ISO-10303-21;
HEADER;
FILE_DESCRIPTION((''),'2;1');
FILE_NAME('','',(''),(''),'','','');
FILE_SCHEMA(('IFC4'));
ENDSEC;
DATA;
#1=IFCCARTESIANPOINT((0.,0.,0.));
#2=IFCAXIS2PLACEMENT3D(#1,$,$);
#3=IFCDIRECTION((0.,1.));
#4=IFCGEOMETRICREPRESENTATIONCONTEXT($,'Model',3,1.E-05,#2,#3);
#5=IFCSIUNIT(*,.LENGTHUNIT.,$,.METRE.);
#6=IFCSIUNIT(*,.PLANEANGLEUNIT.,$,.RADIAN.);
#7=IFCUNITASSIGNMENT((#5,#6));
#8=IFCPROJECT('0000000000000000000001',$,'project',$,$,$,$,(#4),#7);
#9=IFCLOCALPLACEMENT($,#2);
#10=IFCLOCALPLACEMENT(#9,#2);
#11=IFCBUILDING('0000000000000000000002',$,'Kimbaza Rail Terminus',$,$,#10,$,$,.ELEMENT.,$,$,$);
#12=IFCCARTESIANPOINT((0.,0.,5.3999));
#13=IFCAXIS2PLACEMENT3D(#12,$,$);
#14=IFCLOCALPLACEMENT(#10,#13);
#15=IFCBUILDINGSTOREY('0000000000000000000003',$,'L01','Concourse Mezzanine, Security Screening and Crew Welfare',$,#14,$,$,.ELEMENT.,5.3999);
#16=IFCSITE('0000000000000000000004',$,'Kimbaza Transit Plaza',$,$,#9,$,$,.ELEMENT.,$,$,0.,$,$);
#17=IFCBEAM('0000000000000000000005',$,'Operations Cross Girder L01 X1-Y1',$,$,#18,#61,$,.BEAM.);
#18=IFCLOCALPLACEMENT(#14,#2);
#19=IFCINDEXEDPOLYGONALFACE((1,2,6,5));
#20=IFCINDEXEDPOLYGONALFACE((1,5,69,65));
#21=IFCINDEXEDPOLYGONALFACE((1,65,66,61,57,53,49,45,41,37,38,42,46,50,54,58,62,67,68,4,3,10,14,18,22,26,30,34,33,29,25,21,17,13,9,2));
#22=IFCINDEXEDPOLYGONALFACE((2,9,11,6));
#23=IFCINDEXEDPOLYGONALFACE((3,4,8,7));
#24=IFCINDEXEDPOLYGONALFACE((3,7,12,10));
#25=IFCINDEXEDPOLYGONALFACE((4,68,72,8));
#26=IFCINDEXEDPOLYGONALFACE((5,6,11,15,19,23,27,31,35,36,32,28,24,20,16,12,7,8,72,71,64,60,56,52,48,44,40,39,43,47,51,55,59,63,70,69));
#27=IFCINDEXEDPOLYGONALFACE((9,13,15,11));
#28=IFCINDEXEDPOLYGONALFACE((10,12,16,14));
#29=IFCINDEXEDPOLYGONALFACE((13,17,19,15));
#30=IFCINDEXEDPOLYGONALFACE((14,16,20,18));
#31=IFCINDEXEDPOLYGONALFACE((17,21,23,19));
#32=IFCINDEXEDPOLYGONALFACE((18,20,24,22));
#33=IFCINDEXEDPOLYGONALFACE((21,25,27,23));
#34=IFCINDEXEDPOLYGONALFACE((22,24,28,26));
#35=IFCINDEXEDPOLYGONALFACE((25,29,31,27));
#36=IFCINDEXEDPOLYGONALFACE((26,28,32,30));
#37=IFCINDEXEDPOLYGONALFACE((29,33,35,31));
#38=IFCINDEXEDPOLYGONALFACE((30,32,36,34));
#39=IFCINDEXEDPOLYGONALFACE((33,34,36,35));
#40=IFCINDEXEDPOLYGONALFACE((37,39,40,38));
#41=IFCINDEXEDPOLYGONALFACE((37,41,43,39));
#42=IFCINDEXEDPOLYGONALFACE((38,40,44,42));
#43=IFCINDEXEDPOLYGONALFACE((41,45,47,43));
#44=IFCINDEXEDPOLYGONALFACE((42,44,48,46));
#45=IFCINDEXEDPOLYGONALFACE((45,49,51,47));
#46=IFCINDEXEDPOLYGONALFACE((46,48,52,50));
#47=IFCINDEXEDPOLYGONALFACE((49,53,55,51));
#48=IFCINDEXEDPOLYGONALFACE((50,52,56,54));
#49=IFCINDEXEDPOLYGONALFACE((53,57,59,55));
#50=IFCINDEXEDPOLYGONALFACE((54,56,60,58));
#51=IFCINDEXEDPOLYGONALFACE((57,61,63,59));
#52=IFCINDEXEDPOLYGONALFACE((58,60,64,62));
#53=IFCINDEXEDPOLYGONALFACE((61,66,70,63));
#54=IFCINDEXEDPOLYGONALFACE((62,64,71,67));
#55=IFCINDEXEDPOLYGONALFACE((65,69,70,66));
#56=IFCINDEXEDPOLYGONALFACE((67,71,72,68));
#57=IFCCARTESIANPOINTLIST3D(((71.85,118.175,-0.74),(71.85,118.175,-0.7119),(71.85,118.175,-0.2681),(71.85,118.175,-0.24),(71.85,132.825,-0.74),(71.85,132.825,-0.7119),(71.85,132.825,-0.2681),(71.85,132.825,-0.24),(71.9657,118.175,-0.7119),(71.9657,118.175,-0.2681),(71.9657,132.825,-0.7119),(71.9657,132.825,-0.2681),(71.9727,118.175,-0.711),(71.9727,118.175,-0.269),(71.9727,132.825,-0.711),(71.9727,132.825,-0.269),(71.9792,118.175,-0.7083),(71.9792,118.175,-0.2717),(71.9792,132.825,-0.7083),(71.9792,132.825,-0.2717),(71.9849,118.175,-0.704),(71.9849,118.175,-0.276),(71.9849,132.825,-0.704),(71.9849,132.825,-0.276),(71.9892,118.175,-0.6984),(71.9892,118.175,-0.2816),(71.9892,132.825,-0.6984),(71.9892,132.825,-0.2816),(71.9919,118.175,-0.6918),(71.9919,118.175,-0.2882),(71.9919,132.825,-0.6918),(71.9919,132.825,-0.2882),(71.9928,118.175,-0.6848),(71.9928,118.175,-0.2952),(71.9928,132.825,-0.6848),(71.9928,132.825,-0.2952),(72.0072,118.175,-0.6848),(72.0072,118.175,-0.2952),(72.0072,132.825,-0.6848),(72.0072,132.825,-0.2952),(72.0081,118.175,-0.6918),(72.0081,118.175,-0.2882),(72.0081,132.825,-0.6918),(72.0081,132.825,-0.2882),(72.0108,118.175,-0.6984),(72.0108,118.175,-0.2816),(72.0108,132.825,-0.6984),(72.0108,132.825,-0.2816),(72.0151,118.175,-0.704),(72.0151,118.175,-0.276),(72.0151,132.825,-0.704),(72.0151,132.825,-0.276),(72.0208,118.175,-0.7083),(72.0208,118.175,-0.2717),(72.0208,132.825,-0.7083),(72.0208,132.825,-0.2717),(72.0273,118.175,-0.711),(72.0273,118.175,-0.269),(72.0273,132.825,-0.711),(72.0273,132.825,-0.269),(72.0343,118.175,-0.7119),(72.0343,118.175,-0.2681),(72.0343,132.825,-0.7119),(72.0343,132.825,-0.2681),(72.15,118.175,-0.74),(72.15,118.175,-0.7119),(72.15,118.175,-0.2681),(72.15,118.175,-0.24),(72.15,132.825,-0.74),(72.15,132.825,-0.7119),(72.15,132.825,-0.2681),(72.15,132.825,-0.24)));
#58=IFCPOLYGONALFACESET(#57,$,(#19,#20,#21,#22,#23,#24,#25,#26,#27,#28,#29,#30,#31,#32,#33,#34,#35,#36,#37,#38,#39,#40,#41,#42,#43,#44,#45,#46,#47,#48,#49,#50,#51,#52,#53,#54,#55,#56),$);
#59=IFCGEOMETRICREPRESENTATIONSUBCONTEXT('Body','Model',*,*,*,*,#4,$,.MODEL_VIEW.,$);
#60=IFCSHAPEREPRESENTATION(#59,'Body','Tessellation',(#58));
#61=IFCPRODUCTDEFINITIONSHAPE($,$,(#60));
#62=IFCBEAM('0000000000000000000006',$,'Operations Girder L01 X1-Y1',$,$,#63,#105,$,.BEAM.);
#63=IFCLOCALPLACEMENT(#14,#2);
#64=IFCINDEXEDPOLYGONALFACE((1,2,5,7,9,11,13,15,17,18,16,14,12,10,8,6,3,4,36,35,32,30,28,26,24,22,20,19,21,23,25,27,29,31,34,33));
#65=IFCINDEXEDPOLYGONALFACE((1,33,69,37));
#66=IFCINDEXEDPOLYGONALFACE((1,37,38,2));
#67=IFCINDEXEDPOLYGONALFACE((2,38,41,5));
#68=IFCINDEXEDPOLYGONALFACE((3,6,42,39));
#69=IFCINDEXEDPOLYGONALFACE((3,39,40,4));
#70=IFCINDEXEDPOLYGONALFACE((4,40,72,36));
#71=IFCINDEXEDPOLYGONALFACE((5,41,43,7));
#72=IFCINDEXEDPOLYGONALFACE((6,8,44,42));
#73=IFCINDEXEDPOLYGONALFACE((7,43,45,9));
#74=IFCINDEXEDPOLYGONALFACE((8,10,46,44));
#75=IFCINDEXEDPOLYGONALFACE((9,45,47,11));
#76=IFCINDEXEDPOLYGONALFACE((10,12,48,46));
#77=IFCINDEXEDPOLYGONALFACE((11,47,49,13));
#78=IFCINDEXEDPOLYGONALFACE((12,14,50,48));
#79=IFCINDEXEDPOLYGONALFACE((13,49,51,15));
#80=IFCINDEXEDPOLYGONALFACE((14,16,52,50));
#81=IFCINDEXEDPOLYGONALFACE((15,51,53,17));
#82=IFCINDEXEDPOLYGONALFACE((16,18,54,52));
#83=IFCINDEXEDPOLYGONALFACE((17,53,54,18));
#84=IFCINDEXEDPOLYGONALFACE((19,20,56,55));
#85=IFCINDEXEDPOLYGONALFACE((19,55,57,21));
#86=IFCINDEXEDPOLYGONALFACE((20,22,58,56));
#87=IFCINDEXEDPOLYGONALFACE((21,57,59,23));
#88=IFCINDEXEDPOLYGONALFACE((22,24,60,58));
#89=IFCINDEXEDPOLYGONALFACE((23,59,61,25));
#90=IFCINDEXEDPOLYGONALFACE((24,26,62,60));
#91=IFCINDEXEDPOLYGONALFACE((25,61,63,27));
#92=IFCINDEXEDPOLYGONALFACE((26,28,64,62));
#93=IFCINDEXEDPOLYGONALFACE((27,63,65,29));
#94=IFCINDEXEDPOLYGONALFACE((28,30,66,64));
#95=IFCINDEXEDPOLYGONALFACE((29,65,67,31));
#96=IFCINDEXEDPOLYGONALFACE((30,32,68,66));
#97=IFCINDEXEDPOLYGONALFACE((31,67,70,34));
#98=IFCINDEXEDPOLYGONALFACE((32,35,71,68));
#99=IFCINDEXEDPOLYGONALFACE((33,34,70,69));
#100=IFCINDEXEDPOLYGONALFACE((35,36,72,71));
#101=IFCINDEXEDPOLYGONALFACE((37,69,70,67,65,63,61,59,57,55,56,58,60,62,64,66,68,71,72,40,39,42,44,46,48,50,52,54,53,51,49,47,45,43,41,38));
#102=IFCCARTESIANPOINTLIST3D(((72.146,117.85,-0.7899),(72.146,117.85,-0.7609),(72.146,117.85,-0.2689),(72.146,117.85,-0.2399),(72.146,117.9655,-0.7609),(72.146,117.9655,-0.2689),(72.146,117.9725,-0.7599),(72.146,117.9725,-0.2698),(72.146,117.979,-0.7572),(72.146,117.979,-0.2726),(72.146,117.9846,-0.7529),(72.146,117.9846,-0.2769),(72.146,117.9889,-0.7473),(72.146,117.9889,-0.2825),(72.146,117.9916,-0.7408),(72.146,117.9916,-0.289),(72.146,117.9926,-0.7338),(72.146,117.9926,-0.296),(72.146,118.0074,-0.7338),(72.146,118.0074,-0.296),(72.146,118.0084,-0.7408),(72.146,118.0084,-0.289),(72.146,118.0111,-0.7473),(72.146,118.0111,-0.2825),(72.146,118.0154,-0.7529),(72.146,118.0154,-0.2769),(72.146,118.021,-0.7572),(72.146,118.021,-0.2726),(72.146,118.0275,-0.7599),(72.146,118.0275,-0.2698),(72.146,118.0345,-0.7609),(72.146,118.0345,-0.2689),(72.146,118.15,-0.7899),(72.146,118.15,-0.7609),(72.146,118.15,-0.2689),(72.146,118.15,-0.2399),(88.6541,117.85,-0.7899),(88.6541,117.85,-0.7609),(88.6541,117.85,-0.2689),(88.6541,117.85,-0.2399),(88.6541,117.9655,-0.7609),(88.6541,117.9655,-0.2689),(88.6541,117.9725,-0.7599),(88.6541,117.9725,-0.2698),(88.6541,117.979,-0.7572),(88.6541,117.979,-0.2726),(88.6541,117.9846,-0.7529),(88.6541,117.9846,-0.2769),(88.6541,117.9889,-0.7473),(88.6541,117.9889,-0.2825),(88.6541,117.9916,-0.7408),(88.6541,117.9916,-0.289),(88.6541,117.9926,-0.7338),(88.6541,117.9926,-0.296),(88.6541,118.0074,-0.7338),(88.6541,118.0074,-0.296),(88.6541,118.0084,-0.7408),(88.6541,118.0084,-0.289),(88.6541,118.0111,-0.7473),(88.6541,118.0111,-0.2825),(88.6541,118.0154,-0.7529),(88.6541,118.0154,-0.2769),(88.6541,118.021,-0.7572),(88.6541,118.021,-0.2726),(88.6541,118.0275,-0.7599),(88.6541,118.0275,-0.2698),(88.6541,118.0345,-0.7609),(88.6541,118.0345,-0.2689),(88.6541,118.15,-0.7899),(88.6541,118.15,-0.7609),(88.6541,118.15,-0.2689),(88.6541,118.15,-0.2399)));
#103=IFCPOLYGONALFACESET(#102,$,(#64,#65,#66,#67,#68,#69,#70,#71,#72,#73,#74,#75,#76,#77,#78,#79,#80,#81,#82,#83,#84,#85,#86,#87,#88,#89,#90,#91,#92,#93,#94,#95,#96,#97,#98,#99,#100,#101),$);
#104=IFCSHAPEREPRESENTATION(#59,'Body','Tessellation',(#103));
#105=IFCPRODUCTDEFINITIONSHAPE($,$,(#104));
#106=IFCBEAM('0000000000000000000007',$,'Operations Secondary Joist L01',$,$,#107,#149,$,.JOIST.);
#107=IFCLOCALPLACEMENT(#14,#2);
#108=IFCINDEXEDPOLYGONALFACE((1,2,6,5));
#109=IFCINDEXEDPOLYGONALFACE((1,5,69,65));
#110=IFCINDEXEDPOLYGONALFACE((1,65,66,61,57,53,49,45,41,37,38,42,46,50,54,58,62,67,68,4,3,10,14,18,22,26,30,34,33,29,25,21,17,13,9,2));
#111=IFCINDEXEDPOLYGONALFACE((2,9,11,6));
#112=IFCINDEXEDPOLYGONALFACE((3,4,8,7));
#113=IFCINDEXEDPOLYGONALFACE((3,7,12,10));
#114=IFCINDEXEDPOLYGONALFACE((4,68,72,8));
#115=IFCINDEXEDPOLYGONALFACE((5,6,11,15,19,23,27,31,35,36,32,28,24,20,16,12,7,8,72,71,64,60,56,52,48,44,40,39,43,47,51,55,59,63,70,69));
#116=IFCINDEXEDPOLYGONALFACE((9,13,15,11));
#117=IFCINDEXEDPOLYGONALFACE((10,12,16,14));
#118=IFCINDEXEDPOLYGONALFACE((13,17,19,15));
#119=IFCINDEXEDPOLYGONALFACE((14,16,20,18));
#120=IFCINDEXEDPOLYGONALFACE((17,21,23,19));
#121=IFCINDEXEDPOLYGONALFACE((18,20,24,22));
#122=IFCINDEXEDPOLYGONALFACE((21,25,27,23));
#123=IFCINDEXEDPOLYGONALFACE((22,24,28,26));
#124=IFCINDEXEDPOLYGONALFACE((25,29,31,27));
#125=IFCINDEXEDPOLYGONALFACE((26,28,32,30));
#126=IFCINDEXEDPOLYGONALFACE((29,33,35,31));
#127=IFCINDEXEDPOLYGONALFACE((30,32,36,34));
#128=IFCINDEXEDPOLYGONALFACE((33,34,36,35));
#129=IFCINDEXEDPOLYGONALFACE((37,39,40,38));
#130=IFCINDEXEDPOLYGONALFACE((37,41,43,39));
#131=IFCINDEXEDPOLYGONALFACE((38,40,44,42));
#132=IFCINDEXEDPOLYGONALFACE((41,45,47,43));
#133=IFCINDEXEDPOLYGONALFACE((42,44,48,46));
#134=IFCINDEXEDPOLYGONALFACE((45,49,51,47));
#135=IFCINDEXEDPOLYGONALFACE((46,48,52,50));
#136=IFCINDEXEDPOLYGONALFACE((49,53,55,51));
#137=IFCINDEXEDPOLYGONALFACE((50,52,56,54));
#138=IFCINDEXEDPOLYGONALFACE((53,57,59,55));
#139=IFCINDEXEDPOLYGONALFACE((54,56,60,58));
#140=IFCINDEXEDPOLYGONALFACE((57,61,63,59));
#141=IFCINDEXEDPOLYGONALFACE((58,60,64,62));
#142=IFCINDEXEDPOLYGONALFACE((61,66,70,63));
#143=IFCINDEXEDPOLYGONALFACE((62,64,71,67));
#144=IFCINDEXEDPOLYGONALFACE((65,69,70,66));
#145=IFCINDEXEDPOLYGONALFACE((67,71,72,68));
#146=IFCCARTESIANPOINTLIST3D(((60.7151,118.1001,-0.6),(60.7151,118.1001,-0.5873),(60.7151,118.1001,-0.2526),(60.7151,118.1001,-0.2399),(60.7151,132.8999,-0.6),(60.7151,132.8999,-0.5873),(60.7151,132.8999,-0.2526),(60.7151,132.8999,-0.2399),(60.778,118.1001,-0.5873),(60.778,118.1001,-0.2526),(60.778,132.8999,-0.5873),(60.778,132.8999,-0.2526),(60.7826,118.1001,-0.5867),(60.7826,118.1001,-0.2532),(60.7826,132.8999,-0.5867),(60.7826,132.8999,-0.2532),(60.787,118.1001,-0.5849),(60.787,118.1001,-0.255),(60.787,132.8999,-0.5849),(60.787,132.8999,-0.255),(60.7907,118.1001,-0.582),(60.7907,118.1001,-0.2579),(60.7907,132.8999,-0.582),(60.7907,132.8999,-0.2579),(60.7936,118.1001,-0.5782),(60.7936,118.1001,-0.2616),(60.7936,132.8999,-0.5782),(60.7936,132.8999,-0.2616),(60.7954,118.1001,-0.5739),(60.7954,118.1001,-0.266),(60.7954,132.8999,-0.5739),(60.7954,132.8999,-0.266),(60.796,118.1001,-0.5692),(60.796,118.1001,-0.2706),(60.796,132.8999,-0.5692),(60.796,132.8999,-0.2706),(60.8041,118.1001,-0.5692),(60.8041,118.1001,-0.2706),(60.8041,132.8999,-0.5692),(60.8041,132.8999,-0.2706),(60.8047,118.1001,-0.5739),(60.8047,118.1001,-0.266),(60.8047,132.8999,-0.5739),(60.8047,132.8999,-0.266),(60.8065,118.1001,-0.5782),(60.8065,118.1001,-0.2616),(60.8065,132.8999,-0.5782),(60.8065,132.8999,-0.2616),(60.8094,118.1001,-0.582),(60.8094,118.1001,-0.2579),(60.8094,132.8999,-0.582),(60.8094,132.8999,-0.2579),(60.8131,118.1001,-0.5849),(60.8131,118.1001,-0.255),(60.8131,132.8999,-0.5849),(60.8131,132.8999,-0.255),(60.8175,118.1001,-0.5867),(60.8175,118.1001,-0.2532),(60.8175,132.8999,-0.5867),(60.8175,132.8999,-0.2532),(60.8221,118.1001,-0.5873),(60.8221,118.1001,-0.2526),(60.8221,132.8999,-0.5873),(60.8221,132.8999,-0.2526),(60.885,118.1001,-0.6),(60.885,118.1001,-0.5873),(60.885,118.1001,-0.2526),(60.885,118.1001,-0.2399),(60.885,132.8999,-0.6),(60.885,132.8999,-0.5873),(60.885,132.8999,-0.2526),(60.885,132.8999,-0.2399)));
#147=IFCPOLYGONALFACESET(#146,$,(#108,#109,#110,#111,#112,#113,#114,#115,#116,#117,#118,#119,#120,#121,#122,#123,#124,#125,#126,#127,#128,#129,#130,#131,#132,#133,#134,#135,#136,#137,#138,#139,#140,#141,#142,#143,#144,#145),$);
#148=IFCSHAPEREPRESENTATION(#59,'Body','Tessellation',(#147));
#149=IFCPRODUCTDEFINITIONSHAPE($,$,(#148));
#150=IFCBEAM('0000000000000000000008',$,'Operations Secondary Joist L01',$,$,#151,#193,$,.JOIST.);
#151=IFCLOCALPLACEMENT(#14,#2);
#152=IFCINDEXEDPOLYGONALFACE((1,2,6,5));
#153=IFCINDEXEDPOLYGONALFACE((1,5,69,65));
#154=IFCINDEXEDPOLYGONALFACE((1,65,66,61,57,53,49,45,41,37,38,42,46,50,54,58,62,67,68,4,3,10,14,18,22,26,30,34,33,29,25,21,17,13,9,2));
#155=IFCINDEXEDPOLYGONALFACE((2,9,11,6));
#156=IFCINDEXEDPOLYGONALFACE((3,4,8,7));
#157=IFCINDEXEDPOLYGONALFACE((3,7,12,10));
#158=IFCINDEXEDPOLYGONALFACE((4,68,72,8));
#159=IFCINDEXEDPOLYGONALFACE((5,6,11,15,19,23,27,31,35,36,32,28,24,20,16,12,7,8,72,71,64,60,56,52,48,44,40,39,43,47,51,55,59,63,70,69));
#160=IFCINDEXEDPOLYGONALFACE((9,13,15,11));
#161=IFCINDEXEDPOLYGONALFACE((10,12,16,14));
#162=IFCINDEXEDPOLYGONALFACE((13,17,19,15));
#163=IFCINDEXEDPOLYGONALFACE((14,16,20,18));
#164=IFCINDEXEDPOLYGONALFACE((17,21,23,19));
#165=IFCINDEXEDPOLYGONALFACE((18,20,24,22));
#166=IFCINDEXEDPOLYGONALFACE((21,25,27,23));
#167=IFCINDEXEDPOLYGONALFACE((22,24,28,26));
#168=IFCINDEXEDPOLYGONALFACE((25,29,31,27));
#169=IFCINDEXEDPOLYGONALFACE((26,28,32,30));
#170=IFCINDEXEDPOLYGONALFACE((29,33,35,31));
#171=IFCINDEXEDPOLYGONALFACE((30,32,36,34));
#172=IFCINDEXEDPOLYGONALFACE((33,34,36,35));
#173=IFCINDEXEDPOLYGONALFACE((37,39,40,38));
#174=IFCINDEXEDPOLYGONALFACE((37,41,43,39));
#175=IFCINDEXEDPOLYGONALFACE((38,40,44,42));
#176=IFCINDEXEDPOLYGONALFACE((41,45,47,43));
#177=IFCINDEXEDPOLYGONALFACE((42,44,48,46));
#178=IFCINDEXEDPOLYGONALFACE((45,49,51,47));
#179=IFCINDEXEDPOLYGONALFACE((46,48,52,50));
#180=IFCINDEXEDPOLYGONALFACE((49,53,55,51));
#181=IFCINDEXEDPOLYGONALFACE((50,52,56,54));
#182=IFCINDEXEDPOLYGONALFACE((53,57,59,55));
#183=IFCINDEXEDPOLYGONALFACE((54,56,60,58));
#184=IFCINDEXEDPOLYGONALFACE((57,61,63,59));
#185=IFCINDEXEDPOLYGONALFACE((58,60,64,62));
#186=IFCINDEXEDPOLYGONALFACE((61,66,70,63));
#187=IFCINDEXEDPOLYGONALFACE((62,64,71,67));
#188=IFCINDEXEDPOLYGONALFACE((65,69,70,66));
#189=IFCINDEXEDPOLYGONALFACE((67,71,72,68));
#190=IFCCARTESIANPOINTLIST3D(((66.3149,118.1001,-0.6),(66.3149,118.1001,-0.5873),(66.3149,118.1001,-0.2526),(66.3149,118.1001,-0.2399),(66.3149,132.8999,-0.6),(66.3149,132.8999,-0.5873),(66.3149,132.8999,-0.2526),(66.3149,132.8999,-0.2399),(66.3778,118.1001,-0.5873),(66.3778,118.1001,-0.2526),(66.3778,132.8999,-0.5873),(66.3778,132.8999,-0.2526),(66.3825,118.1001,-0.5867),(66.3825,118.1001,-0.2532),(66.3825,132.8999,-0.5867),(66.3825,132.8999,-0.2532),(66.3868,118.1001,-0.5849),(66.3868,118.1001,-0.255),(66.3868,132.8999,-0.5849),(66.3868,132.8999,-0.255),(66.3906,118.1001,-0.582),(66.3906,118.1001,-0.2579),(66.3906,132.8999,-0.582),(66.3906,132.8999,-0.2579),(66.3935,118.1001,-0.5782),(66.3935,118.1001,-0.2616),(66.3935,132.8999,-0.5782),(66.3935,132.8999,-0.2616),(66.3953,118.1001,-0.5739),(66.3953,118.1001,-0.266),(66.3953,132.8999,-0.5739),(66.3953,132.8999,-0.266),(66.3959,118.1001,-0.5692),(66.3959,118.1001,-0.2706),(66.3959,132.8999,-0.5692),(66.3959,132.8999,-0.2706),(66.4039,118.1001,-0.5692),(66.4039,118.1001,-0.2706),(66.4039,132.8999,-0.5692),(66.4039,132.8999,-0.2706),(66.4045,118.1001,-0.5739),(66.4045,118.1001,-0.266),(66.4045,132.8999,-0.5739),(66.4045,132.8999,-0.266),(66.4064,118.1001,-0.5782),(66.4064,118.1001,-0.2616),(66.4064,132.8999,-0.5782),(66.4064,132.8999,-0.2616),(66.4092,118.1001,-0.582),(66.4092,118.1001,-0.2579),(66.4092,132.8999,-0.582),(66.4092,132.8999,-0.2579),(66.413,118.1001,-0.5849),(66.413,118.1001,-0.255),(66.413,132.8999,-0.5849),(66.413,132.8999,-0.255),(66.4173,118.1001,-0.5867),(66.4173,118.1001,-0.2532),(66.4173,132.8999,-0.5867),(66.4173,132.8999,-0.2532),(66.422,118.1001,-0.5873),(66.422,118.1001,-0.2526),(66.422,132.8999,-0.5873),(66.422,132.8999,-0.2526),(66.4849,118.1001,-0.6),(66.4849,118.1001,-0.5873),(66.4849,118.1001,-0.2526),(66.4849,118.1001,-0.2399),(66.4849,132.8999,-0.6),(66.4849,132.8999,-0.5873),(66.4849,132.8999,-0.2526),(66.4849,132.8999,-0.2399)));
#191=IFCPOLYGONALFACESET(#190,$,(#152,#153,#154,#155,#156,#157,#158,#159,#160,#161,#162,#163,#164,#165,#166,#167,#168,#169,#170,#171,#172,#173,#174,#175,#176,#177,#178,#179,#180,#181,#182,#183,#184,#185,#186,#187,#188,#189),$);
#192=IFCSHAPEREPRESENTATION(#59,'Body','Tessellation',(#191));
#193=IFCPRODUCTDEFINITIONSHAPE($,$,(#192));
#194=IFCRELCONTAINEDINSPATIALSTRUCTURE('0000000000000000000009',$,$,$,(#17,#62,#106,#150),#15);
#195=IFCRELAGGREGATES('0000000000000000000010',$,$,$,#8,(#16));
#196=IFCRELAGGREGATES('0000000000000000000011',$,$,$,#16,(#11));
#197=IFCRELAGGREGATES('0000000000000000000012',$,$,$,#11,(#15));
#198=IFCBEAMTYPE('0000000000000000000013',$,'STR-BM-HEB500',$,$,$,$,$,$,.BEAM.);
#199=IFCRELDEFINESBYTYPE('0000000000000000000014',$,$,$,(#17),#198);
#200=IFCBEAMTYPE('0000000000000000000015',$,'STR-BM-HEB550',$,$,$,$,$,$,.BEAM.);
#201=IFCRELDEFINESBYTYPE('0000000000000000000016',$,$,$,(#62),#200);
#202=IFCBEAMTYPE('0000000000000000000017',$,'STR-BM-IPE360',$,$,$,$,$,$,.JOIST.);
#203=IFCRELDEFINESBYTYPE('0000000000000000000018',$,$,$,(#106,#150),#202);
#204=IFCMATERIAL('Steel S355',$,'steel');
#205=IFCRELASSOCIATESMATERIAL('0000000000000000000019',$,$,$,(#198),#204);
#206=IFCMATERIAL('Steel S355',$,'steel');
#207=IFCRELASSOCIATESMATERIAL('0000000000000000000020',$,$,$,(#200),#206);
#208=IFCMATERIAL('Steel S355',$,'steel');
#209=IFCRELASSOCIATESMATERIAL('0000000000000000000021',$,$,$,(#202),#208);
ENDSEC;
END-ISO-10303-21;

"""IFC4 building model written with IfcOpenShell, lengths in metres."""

from ifc_helpers import new_model, si_unit, direction, frame, origin, origin_2d, place, context, subcontext, project, spatial, i_section, extrude, material, material_profile, profile_set, type_object, element, save


model = new_model("IFC4")

# Units and contexts
model_context = context("Model", 3, precision=1e-05, world=origin(), true_north=direction((0.0, 1.0)))
body_context = subcontext(model_context, "Body", "Model", "MODEL_VIEW")
ifc_project = project(units=[si_unit("LENGTHUNIT", "METRE"), si_unit("PLANEANGLEUNIT", "RADIAN")], contexts=[model_context])

# Site, building, storey
site_placement = place(None, origin())
site = spatial("IfcSite", under=ifc_project, at=site_placement, Name="Kimbaza Transit Plaza", CompositionType="ELEMENT", RefElevation=0.0)
building_placement = place(site_placement, origin())
building = spatial("IfcBuilding", under=site, at=building_placement, Name="Kimbaza Rail Terminus", CompositionType="ELEMENT")
storey_placement = place(building_placement, frame((0.0, 0.0, 5.3999)))
storey = spatial("IfcBuildingStorey", under=building, at=storey_placement, Name="L01", Description="Concourse Mezzanine, Security Screening and Crew Welfare", CompositionType="ELEMENT", Elevation=5.3999)

# Beams
ifc_material_1 = material(Name="Steel S355", Category="steel")
ifc_material_profile_1 = material_profile(ifc_material_1, i_section(OverallWidth=0.3, OverallDepth=0.5, WebThickness=0.0144, FlangeThickness=0.0281, FilletRadius=0.0271, at=origin_2d()), Name="HEB 500")
ifc_profile_set_1 = profile_set([ifc_material_profile_1], Name="Steel S355")
beam_type_1 = type_object("IfcBeamType", Name="STR-BM-HEB500", PredefinedType="BEAM", material=ifc_profile_set_1)
beam_1_placement = place(storey_placement, frame((72.0, 118.175, -0.49), z_axis=(0.0, 1.0, 0.0), x_axis=(-1.0, 0.0, 0.0)))
element("IfcBeam", 1, at=beam_1_placement, inside=storey, type_object=beam_type_1, Name="Operations Cross Girder L01 X1-Y1", PredefinedType="BEAM", context=body_context, shape_type="SweptSolid", body=[
    extrude(i_section(OverallWidth=0.3, OverallDepth=0.5, WebThickness=0.0144, FlangeThickness=0.0281, FilletRadius=0.0271, at=origin_2d()), origin(), (0.0, 0.0, 1.0), 14.6499),
])
ifc_material_2 = material(Name="Steel S355", Category="steel")
ifc_material_profile_2 = material_profile(ifc_material_2, i_section(OverallWidth=0.3, OverallDepth=0.55, WebThickness=0.0149, FlangeThickness=0.0291, FilletRadius=0.0271, at=origin_2d()), Name="HEB 550")
ifc_profile_set_2 = profile_set([ifc_material_profile_2], Name="Steel S355")
beam_type_2 = type_object("IfcBeamType", Name="STR-BM-HEB550", PredefinedType="BEAM", material=ifc_profile_set_2)
beam_2_placement = place(storey_placement, frame((72.146, 118.0, -0.5149), z_axis=(1.0, 0.0, 0.0), x_axis=(0.0, 1.0, 0.0)))
element("IfcBeam", 2, at=beam_2_placement, inside=storey, type_object=beam_type_2, Name="Operations Girder L01 X1-Y1", PredefinedType="BEAM", context=body_context, shape_type="SweptSolid", body=[
    extrude(i_section(OverallWidth=0.3, OverallDepth=0.55, WebThickness=0.0149, FlangeThickness=0.0291, FilletRadius=0.0271, at=origin_2d()), origin(), (0.0, 0.0, 1.0), 16.5081),
])
ifc_material_3 = material(Name="Steel S355", Category="steel")
ifc_material_profile_3 = material_profile(ifc_material_3, i_section(OverallWidth=0.1699, OverallDepth=0.3601, WebThickness=0.0081, FlangeThickness=0.0127, FilletRadius=0.0181, at=origin_2d()), Name="IPE 360")
ifc_profile_set_3 = profile_set([ifc_material_profile_3], Name="Steel S355")
beam_type_3 = type_object("IfcBeamType", Name="STR-BM-IPE360", PredefinedType="JOIST", material=ifc_profile_set_3)
for number, where, z_axis, x_axis, name in (
    (3, (60.8, 118.1001, -0.4199), (0.0, 1.0, 0.0), (-1.0, 0.0, 0.0), "Operations Secondary Joist L01"),
    (4, (66.3999, 118.1001, -0.4199), (0.0, 1.0, 0.0), (-1.0, 0.0, 0.0), "Operations Secondary Joist L01"),
):
    element("IfcBeam", number, at=place(storey_placement, frame(where, z_axis=z_axis, x_axis=x_axis)), inside=storey, type_object=beam_type_3, Name=name, PredefinedType="JOIST", context=body_context, shape_type="SweptSolid", body=[
        extrude(i_section(OverallWidth=0.1699, OverallDepth=0.3601, WebThickness=0.0081, FlangeThickness=0.0127, FilletRadius=0.0181, at=origin_2d()), origin(), (0.0, 0.0, 1.0), 14.7998),
    ])

save(model, "model.ifc")
